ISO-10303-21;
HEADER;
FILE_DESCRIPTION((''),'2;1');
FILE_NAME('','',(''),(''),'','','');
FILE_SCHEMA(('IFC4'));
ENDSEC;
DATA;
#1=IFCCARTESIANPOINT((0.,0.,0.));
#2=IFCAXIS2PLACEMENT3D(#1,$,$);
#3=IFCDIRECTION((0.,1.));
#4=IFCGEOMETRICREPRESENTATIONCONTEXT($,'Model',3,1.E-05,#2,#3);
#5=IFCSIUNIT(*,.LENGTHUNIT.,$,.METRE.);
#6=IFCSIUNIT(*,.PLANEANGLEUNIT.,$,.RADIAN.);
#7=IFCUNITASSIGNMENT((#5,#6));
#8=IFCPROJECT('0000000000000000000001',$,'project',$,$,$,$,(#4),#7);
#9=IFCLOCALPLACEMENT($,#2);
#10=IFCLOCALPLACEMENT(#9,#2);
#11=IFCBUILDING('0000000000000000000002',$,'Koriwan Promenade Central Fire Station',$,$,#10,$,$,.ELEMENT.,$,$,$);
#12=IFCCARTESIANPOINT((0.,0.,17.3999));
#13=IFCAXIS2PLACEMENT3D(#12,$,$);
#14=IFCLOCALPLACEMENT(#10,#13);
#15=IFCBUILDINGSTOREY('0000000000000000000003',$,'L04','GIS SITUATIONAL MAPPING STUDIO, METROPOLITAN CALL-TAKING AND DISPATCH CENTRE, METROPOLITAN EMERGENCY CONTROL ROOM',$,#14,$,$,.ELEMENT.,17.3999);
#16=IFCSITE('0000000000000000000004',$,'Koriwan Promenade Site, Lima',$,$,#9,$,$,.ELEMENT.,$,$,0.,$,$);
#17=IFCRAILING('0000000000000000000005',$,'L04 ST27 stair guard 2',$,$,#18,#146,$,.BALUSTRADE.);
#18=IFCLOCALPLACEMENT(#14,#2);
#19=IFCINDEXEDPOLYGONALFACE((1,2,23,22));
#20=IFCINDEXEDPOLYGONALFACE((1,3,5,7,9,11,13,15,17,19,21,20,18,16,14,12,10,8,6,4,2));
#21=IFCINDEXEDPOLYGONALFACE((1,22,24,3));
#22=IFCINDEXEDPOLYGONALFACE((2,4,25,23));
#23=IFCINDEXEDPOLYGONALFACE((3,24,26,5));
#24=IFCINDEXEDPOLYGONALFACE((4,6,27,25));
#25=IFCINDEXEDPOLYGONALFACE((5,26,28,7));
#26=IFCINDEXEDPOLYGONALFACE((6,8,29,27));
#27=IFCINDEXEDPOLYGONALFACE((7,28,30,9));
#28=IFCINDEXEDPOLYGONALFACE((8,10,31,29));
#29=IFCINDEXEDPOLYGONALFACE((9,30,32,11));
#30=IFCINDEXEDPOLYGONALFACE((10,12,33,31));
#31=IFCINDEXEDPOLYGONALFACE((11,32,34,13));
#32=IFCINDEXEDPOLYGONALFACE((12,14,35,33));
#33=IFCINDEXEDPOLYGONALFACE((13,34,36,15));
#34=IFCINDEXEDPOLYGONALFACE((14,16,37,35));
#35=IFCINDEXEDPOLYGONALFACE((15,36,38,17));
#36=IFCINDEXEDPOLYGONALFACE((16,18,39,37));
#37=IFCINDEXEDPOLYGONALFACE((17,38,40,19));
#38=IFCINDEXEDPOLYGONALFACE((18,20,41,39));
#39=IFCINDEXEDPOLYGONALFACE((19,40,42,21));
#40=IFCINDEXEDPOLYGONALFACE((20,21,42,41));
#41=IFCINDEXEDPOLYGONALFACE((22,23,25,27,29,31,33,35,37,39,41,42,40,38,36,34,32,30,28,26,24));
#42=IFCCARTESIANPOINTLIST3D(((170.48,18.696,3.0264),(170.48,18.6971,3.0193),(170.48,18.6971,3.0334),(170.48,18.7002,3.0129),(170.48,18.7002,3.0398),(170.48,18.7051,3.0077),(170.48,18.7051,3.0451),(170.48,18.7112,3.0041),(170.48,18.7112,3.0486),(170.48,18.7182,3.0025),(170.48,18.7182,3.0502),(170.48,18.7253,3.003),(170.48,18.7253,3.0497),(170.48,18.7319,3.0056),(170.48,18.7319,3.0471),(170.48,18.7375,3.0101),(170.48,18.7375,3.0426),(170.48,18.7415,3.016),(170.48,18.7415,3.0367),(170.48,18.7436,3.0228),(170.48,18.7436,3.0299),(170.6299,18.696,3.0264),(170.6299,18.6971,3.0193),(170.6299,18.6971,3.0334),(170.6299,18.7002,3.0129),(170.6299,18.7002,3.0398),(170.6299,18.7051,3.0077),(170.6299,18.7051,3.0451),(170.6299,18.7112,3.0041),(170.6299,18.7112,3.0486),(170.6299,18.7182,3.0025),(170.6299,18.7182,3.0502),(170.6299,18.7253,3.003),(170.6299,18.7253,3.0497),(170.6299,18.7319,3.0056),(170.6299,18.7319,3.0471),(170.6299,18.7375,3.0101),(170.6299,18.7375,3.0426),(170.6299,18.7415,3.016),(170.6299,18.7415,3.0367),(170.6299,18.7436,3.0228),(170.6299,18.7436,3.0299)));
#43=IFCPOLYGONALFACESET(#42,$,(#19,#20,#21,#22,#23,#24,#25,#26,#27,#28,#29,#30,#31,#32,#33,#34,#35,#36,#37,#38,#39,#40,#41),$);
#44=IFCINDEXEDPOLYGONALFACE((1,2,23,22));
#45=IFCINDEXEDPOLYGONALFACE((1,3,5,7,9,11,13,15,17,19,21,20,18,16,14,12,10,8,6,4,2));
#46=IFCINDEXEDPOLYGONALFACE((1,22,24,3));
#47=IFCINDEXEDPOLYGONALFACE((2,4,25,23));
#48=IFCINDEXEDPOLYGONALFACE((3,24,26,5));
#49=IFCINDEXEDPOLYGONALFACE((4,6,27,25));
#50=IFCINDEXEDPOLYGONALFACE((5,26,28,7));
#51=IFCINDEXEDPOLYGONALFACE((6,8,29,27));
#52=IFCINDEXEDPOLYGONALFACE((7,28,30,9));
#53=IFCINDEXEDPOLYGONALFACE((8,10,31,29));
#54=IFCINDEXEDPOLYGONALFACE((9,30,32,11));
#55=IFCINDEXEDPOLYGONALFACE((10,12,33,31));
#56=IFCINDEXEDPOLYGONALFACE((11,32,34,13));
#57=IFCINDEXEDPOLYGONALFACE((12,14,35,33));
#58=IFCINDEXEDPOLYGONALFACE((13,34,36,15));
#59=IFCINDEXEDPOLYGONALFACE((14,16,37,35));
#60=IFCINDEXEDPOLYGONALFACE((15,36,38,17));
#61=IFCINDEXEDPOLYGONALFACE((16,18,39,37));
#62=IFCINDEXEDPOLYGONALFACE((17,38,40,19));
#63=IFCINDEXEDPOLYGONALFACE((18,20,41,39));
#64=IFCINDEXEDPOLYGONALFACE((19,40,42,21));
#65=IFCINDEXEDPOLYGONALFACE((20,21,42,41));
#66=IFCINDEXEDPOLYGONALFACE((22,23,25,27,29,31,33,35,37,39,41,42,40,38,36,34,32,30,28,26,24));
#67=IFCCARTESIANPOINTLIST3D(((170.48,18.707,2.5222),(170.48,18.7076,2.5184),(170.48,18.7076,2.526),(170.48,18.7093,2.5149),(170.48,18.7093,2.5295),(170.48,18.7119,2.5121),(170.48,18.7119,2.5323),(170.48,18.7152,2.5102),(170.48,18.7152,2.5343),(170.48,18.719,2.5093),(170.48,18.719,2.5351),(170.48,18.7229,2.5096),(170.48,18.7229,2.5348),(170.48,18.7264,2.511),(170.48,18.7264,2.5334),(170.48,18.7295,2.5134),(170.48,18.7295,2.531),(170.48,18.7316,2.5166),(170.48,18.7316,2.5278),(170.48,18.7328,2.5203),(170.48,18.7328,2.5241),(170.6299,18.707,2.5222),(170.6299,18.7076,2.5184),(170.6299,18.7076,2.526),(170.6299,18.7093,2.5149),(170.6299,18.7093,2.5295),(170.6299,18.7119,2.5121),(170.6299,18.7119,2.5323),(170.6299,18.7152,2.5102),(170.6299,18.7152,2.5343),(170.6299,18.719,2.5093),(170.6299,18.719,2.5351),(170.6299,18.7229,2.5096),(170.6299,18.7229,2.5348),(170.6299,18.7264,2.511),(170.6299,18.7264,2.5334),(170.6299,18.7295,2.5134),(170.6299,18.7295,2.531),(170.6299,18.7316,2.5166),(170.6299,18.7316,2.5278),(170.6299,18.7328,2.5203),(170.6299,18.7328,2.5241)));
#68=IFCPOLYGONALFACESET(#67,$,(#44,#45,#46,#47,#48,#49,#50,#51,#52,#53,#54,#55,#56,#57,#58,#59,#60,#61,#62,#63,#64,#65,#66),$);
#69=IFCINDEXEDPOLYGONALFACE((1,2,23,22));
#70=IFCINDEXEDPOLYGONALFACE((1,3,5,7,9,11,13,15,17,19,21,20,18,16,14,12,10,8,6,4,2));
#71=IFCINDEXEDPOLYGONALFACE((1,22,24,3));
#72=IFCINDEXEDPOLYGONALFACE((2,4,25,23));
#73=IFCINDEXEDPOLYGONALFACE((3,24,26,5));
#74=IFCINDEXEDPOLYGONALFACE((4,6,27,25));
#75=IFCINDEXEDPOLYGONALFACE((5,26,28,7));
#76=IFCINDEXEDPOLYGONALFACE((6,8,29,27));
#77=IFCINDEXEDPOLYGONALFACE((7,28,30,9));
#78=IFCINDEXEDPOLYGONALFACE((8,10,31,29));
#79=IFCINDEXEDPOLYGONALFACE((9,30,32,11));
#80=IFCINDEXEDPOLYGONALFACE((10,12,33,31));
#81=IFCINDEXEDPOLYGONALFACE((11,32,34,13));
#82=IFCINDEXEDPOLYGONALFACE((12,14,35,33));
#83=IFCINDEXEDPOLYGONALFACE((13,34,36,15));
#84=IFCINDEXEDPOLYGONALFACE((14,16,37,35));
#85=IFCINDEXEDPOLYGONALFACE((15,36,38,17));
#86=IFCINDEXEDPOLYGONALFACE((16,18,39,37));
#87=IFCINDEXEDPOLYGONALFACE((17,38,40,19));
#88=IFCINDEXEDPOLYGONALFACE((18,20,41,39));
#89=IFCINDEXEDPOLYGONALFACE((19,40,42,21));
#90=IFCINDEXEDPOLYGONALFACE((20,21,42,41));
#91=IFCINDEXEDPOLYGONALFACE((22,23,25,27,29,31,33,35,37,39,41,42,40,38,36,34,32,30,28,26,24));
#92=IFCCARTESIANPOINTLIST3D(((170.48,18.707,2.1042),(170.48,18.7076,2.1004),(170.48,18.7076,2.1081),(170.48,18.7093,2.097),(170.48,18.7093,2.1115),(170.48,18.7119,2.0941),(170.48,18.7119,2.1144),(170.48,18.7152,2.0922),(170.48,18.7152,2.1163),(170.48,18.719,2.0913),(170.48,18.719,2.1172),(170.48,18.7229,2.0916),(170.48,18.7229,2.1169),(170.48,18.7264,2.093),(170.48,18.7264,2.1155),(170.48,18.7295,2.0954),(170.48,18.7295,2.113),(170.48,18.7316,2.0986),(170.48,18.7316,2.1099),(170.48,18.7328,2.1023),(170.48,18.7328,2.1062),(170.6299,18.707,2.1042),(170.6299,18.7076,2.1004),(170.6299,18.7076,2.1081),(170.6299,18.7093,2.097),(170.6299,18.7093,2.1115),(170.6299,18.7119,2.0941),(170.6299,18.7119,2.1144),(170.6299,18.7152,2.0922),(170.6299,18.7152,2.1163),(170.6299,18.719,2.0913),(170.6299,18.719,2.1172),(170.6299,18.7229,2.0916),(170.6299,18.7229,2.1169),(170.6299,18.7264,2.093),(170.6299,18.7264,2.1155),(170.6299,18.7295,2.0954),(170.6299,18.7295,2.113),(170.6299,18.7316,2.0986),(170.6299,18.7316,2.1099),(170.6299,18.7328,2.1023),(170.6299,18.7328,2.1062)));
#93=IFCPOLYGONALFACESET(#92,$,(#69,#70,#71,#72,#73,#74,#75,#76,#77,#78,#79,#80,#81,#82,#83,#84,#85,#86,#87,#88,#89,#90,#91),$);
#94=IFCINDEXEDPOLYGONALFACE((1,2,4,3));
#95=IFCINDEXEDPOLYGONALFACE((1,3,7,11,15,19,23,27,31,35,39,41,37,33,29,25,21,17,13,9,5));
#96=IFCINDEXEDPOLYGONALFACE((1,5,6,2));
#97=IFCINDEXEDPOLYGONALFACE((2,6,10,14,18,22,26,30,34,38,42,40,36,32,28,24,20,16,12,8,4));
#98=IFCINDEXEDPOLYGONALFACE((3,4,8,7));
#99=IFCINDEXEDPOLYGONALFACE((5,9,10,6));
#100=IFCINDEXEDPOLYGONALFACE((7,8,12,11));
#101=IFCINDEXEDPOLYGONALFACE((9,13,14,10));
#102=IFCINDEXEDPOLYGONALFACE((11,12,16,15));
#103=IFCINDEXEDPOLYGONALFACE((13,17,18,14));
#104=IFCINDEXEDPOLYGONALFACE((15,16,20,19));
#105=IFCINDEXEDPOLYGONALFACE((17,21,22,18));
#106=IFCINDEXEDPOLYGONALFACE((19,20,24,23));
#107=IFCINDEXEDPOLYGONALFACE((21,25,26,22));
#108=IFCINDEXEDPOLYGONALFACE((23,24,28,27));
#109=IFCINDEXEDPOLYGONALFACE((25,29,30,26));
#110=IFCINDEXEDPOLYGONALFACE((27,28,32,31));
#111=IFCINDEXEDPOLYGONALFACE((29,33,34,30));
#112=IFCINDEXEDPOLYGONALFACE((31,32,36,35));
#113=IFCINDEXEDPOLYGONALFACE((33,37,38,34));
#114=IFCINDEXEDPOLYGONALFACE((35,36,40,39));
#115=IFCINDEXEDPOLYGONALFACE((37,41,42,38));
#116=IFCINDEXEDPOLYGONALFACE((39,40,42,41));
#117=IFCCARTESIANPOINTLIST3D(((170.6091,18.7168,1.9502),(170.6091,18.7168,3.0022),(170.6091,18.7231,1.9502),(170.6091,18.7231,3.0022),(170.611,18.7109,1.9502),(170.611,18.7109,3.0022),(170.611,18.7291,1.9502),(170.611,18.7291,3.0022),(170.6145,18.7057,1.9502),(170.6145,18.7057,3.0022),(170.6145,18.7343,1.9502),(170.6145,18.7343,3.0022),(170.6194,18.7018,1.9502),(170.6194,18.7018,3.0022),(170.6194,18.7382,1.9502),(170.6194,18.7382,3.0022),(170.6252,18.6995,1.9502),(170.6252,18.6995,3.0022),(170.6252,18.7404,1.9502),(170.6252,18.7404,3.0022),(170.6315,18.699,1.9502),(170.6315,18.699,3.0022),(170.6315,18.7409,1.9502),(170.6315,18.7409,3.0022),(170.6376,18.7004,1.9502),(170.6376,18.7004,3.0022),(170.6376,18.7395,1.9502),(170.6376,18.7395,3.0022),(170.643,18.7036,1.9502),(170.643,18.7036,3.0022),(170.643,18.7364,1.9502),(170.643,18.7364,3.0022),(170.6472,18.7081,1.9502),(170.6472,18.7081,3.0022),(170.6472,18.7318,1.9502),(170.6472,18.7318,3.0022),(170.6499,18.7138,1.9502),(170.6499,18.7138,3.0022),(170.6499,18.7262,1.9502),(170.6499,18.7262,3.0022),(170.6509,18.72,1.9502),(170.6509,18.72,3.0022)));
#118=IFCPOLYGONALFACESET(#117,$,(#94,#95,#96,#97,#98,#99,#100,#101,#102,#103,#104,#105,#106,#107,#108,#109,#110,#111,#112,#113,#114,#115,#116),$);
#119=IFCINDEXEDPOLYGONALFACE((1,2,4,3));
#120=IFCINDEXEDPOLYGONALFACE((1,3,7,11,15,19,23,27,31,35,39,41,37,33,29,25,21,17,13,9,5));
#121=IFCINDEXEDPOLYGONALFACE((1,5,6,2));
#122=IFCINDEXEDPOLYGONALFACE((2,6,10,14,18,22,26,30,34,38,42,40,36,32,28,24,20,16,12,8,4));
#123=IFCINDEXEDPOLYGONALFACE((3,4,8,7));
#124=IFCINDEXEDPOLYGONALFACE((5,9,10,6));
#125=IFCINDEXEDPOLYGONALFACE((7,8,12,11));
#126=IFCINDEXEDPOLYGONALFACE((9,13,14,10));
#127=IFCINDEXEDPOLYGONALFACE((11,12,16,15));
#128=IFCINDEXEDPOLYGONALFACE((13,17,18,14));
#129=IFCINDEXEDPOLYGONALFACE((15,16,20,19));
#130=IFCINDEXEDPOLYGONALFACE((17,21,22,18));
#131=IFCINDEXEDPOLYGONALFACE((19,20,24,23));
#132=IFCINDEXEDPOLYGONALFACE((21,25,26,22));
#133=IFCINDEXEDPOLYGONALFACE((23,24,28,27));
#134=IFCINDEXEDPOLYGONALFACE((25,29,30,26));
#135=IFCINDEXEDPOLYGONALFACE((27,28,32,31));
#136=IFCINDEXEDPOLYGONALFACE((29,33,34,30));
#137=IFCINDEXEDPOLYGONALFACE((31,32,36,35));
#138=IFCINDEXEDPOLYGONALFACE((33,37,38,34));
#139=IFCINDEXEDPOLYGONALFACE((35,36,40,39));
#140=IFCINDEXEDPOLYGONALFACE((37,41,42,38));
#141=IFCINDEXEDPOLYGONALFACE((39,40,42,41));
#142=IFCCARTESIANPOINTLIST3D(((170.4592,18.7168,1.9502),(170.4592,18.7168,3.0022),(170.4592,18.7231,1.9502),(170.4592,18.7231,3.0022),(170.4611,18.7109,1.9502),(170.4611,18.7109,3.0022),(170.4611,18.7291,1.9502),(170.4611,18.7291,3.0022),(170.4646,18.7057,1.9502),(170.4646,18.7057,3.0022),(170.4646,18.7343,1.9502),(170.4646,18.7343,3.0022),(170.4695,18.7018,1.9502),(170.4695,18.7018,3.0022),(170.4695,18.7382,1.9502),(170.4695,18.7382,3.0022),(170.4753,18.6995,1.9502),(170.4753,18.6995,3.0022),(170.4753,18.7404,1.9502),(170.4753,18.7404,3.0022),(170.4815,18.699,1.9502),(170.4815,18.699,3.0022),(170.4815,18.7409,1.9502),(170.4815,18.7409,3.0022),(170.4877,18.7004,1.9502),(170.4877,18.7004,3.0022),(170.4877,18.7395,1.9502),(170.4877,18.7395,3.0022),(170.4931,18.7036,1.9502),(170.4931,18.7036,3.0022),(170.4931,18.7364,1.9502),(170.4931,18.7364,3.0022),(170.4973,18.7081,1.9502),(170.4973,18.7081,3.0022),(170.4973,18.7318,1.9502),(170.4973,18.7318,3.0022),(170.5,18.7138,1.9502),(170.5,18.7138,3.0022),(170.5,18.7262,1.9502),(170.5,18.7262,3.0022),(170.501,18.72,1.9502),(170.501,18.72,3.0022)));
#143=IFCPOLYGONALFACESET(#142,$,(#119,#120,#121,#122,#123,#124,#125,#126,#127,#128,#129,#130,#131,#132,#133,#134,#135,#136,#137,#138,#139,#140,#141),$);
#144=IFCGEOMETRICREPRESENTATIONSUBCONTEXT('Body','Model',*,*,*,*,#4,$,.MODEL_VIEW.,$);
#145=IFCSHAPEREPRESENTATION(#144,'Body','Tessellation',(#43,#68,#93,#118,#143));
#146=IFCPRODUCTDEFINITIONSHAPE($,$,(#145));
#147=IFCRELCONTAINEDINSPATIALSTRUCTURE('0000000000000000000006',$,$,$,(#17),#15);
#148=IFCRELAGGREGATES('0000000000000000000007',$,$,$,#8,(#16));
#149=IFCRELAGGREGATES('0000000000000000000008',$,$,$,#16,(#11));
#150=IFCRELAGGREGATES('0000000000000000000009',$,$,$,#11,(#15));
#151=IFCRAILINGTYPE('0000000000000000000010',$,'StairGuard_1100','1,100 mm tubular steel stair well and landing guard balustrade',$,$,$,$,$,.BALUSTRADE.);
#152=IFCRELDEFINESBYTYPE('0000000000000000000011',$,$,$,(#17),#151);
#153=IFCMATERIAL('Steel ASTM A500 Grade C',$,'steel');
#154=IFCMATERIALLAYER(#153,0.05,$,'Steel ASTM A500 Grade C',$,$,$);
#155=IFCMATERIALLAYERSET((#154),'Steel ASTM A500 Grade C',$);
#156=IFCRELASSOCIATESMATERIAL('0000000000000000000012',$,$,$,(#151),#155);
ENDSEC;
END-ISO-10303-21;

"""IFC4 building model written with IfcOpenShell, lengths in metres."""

from ifc_helpers import new_model, si_unit, direction, frame, origin, origin_2d, place, context, subcontext, project, spatial, circle, extrude, material, layer, layer_set, type_object, element, save


model = new_model("IFC4")

# Units and contexts
model_context = context("Model", 3, precision=1e-05, world=origin(), true_north=direction((0.0, 1.0)))
body_context = subcontext(model_context, "Body", "Model", "MODEL_VIEW")
ifc_project = project(units=[si_unit("LENGTHUNIT", "METRE"), si_unit("PLANEANGLEUNIT", "RADIAN")], contexts=[model_context])

# Site, building, storey
site_placement = place(None, origin())
site = spatial("IfcSite", under=ifc_project, at=site_placement, Name="Koriwan Promenade Site, Lima", CompositionType="ELEMENT", RefElevation=0.0)
building_placement = place(site_placement, origin())
building = spatial("IfcBuilding", under=site, at=building_placement, Name="Koriwan Promenade Central Fire Station", CompositionType="ELEMENT")
storey_placement = place(building_placement, frame((0.0, 0.0, 17.3999)))
storey = spatial("IfcBuildingStorey", under=building, at=storey_placement, Name="L04", Description="GIS SITUATIONAL MAPPING STUDIO, METROPOLITAN CALL-TAKING AND DISPATCH CENTRE, METROPOLITAN EMERGENCY CONTROL ROOM", CompositionType="ELEMENT", Elevation=17.3999)

# Railing
ifc_material_1 = material(Name="Steel ASTM A500 Grade C", Category="steel")
ifc_layer_1 = layer(ifc_material_1, 0.05, Name="Steel ASTM A500 Grade C")
ifc_layer_set_1 = layer_set([ifc_layer_1], Name="Steel ASTM A500 Grade C")
railing_type_1 = type_object("IfcRailingType", Name="StairGuard_1100", Description="1,100 mm tubular steel stair well and landing guard balustrade", PredefinedType="BALUSTRADE", material=ifc_layer_set_1)
railing_1_placement = place(storey_placement, frame((170.6299, 18.72, 1.9502)))
element("IfcRailing", 1, at=railing_1_placement, inside=storey, type_object=railing_type_1, Name="L04 ST27 stair guard 2", PredefinedType="BALUSTRADE", context=body_context, shape_type="SweptSolid", body=[
    extrude(circle(Radius=0.0239, at=origin_2d()), frame((0.0, 0.0, 1.0762), z_axis=(-1.0, 0.0, 0.0), x_axis=(0.0, -1.0, 0.0)), (0.0, 0.0, 1.0), 0.1499),
    extrude(circle(Radius=0.0129, at=origin_2d()), frame((0.0, 0.0, 0.572), z_axis=(-1.0, 0.0, 0.0), x_axis=(0.0, -1.0, 0.0)), (0.0, 0.0, 1.0), 0.1499),
    extrude(circle(Radius=0.0129, at=origin_2d()), frame((0.0, 0.0, 0.1541), z_axis=(-1.0, 0.0, 0.0), x_axis=(0.0, -1.0, 0.0)), (0.0, 0.0, 1.0), 0.1499),
    extrude(circle(Radius=0.021, at=origin_2d()), origin(), (0.0, 0.0, 1.0), 1.052),
    extrude(circle(Radius=0.021, at=origin_2d()), frame((-0.1499, 0.0, 0.0)), (0.0, 0.0, 1.0), 1.052),
])

save(model, "model.ifc")
